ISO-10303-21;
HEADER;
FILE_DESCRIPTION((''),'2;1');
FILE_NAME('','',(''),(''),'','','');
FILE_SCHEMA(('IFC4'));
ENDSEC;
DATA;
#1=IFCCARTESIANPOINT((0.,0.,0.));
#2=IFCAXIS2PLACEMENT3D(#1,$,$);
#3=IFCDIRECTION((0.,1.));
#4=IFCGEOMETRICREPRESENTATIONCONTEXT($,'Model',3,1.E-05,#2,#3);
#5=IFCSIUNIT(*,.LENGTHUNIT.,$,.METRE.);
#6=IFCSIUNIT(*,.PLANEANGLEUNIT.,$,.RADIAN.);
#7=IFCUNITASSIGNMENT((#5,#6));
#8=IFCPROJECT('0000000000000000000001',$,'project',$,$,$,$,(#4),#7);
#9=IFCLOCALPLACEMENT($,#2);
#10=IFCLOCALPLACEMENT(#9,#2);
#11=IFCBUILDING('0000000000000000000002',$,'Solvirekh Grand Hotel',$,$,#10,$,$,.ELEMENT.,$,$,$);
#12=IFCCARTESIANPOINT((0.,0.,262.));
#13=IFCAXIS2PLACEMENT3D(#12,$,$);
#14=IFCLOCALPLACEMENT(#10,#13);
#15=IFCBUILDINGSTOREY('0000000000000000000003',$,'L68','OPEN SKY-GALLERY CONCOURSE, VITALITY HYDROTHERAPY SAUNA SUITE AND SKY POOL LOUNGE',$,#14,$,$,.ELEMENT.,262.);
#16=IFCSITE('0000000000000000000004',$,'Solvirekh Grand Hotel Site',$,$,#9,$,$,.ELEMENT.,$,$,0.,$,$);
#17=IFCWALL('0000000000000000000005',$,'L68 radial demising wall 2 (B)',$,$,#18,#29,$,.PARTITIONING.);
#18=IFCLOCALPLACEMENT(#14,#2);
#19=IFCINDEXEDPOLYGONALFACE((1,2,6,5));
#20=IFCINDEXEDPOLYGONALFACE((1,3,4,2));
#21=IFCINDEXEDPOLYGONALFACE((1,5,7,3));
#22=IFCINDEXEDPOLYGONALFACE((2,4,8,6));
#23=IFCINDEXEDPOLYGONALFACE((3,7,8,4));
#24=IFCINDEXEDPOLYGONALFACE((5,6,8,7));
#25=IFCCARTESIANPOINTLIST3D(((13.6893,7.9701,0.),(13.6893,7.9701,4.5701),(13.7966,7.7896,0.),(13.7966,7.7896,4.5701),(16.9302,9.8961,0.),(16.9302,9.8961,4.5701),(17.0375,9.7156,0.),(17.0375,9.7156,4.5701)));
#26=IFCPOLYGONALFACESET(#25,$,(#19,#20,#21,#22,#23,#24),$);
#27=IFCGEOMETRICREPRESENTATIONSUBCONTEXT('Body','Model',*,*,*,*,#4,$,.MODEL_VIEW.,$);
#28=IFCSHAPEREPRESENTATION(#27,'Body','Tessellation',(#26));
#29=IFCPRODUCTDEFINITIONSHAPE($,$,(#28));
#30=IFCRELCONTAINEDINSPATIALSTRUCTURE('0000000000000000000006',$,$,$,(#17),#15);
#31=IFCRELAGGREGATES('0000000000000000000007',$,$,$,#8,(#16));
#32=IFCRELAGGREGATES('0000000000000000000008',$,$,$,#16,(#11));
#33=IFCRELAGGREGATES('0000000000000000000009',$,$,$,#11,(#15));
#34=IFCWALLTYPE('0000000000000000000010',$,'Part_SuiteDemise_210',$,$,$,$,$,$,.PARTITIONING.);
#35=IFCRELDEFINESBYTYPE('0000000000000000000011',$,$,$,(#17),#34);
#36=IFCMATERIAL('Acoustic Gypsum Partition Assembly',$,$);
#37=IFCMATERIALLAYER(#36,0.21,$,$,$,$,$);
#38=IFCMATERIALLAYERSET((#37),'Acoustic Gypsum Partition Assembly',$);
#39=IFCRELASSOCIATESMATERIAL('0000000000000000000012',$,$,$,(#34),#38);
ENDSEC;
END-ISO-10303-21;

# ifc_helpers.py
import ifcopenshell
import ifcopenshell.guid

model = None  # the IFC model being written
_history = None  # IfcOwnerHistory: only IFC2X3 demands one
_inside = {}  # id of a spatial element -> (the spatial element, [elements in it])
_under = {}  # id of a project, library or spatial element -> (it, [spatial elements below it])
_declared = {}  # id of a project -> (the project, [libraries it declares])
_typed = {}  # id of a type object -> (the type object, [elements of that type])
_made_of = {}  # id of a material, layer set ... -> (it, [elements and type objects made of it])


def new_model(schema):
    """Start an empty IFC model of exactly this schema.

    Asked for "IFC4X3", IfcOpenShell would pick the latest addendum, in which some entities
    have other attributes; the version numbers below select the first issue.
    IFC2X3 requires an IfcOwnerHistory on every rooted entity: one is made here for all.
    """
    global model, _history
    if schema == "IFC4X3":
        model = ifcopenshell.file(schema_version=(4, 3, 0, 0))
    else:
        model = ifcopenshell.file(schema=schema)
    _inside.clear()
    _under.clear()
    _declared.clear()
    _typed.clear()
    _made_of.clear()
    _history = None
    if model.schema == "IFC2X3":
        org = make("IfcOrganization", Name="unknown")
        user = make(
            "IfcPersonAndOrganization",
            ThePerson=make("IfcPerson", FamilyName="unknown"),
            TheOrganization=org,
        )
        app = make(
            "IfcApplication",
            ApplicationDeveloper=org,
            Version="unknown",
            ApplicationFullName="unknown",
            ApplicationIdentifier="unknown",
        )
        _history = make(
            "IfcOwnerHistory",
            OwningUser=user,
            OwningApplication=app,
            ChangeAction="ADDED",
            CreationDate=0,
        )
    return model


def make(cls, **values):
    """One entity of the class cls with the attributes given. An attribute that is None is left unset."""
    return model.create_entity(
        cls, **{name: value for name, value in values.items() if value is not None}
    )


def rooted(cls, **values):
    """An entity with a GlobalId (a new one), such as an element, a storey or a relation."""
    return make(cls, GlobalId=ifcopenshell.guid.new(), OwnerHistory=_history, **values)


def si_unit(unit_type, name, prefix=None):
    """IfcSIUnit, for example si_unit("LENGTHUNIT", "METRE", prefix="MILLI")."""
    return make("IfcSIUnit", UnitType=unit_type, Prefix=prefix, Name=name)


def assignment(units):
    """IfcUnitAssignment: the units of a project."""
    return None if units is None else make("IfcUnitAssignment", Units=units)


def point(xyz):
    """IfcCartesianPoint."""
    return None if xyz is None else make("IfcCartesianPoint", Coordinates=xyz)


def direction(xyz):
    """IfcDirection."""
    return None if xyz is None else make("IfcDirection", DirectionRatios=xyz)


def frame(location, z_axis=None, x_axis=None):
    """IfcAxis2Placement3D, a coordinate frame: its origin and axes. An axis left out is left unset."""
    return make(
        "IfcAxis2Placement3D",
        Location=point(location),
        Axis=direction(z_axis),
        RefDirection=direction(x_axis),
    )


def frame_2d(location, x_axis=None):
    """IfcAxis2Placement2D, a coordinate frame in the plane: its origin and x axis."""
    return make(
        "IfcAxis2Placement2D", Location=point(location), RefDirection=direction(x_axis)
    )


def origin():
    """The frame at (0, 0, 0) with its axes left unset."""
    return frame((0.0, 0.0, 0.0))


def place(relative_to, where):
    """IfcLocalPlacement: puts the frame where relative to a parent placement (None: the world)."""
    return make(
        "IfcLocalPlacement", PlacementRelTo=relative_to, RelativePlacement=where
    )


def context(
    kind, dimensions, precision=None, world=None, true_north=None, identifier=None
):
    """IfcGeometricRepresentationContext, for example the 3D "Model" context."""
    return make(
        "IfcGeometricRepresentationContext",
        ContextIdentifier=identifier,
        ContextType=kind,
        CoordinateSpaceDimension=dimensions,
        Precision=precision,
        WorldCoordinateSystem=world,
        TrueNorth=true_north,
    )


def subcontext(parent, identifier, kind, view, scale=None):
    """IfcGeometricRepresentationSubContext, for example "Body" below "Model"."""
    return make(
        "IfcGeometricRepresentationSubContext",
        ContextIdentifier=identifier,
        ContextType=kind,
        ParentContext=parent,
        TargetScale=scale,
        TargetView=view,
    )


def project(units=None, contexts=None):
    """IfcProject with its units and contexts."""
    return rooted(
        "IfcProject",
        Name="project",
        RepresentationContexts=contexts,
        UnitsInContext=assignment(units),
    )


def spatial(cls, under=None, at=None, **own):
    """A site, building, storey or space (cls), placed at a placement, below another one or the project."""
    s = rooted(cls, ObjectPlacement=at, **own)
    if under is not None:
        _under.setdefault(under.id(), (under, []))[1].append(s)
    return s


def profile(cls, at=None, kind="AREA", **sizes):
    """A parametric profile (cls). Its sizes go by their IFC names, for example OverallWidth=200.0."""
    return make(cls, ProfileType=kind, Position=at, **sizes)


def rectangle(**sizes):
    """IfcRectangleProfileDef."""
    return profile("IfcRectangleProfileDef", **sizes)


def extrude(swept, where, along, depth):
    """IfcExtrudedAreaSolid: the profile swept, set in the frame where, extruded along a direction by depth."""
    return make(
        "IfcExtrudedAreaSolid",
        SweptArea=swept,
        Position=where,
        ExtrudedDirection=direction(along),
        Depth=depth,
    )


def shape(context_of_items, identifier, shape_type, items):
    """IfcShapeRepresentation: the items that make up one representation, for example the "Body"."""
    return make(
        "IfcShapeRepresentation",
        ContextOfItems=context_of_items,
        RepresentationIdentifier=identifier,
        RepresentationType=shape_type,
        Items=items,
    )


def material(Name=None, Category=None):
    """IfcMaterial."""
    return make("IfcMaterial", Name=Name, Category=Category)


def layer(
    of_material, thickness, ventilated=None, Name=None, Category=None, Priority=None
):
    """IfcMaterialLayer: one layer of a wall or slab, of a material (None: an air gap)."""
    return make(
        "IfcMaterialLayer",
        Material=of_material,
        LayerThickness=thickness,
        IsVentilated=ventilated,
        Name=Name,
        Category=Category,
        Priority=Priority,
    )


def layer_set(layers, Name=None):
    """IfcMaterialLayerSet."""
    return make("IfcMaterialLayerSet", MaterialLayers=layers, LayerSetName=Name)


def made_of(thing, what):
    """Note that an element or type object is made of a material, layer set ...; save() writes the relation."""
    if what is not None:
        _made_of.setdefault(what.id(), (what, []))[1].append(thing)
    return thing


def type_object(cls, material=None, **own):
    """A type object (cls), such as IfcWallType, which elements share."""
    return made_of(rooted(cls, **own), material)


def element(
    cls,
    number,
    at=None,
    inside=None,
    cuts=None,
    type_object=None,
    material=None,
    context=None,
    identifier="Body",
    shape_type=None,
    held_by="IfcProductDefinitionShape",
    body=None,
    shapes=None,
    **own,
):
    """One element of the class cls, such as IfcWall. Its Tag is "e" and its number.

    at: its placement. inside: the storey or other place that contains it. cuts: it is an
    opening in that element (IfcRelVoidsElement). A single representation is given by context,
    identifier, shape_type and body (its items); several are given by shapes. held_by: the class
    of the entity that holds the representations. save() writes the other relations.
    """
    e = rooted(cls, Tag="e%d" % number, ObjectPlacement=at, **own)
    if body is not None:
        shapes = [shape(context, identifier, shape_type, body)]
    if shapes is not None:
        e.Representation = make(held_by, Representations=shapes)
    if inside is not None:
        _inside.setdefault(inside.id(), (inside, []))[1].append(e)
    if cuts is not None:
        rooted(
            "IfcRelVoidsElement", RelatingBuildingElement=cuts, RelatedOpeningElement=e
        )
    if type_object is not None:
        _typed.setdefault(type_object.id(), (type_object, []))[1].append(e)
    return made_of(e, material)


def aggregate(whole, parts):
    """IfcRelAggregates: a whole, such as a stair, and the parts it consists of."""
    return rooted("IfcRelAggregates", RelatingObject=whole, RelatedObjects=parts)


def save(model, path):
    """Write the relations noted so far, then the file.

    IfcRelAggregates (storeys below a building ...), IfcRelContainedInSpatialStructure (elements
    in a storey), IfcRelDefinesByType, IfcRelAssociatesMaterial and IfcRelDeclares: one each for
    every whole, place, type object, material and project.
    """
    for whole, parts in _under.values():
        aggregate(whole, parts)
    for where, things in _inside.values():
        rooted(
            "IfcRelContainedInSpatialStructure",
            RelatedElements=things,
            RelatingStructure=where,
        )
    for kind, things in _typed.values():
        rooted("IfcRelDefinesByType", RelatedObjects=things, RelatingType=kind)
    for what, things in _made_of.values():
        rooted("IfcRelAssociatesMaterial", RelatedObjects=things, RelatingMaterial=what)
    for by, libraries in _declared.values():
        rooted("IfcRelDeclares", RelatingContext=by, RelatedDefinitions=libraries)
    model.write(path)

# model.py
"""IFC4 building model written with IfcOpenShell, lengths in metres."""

from ifc_helpers import new_model, si_unit, direction, frame, frame_2d, origin, place, context, subcontext, project, spatial, rectangle, extrude, material, layer, layer_set, type_object, element, save


model = new_model("IFC4")

# Units and contexts
model_context = context("Model", 3, precision=1e-05, world=origin(), true_north=direction((0.0, 1.0)))
body_context = subcontext(model_context, "Body", "Model", "MODEL_VIEW")
ifc_project = project(units=[si_unit("LENGTHUNIT", "METRE"), si_unit("PLANEANGLEUNIT", "RADIAN")], contexts=[model_context])

# Site, building, storey
site_placement = place(None, origin())
site = spatial("IfcSite", under=ifc_project, at=site_placement, Name="Solvirekh Grand Hotel Site", CompositionType="ELEMENT", RefElevation=0.0)
building_placement = place(site_placement, origin())
building = spatial("IfcBuilding", under=site, at=building_placement, Name="Solvirekh Grand Hotel", CompositionType="ELEMENT")
storey_placement = place(building_placement, frame((0.0, 0.0, 262.0)))
storey = spatial("IfcBuildingStorey", under=building, at=storey_placement, Name="L68", Description="OPEN SKY-GALLERY CONCOURSE, VITALITY HYDROTHERAPY SAUNA SUITE AND SKY POOL LOUNGE", CompositionType="ELEMENT", Elevation=262.0)

# Wall
ifc_material_1 = material(Name="Acoustic Gypsum Partition Assembly")
ifc_layer_1 = layer(ifc_material_1, 0.21)
ifc_layer_set_1 = layer_set([ifc_layer_1], Name="Acoustic Gypsum Partition Assembly")
wall_type = type_object("IfcWallType", Name="Part_SuiteDemise_210", PredefinedType="PARTITIONING", material=ifc_layer_set_1)
wall_1_placement = place(storey_placement, frame((13.7429, 7.8799, 0.0), z_axis=(0.0, 0.0, 1.0), x_axis=(0.859657, 0.510872, 0.0)))
element("IfcWall", 1, at=wall_1_placement, inside=storey, type_object=wall_type, Name="L68 radial demising wall 2 (B)", PredefinedType="PARTITIONING", context=body_context, shape_type="SweptSolid", body=[
    extrude(rectangle(XDim=3.77, YDim=0.21, at=frame_2d((1.885, 0.0))), origin(), (0.0, 0.0, 1.0), 4.5701),
])

save(model, "model.ifc")
